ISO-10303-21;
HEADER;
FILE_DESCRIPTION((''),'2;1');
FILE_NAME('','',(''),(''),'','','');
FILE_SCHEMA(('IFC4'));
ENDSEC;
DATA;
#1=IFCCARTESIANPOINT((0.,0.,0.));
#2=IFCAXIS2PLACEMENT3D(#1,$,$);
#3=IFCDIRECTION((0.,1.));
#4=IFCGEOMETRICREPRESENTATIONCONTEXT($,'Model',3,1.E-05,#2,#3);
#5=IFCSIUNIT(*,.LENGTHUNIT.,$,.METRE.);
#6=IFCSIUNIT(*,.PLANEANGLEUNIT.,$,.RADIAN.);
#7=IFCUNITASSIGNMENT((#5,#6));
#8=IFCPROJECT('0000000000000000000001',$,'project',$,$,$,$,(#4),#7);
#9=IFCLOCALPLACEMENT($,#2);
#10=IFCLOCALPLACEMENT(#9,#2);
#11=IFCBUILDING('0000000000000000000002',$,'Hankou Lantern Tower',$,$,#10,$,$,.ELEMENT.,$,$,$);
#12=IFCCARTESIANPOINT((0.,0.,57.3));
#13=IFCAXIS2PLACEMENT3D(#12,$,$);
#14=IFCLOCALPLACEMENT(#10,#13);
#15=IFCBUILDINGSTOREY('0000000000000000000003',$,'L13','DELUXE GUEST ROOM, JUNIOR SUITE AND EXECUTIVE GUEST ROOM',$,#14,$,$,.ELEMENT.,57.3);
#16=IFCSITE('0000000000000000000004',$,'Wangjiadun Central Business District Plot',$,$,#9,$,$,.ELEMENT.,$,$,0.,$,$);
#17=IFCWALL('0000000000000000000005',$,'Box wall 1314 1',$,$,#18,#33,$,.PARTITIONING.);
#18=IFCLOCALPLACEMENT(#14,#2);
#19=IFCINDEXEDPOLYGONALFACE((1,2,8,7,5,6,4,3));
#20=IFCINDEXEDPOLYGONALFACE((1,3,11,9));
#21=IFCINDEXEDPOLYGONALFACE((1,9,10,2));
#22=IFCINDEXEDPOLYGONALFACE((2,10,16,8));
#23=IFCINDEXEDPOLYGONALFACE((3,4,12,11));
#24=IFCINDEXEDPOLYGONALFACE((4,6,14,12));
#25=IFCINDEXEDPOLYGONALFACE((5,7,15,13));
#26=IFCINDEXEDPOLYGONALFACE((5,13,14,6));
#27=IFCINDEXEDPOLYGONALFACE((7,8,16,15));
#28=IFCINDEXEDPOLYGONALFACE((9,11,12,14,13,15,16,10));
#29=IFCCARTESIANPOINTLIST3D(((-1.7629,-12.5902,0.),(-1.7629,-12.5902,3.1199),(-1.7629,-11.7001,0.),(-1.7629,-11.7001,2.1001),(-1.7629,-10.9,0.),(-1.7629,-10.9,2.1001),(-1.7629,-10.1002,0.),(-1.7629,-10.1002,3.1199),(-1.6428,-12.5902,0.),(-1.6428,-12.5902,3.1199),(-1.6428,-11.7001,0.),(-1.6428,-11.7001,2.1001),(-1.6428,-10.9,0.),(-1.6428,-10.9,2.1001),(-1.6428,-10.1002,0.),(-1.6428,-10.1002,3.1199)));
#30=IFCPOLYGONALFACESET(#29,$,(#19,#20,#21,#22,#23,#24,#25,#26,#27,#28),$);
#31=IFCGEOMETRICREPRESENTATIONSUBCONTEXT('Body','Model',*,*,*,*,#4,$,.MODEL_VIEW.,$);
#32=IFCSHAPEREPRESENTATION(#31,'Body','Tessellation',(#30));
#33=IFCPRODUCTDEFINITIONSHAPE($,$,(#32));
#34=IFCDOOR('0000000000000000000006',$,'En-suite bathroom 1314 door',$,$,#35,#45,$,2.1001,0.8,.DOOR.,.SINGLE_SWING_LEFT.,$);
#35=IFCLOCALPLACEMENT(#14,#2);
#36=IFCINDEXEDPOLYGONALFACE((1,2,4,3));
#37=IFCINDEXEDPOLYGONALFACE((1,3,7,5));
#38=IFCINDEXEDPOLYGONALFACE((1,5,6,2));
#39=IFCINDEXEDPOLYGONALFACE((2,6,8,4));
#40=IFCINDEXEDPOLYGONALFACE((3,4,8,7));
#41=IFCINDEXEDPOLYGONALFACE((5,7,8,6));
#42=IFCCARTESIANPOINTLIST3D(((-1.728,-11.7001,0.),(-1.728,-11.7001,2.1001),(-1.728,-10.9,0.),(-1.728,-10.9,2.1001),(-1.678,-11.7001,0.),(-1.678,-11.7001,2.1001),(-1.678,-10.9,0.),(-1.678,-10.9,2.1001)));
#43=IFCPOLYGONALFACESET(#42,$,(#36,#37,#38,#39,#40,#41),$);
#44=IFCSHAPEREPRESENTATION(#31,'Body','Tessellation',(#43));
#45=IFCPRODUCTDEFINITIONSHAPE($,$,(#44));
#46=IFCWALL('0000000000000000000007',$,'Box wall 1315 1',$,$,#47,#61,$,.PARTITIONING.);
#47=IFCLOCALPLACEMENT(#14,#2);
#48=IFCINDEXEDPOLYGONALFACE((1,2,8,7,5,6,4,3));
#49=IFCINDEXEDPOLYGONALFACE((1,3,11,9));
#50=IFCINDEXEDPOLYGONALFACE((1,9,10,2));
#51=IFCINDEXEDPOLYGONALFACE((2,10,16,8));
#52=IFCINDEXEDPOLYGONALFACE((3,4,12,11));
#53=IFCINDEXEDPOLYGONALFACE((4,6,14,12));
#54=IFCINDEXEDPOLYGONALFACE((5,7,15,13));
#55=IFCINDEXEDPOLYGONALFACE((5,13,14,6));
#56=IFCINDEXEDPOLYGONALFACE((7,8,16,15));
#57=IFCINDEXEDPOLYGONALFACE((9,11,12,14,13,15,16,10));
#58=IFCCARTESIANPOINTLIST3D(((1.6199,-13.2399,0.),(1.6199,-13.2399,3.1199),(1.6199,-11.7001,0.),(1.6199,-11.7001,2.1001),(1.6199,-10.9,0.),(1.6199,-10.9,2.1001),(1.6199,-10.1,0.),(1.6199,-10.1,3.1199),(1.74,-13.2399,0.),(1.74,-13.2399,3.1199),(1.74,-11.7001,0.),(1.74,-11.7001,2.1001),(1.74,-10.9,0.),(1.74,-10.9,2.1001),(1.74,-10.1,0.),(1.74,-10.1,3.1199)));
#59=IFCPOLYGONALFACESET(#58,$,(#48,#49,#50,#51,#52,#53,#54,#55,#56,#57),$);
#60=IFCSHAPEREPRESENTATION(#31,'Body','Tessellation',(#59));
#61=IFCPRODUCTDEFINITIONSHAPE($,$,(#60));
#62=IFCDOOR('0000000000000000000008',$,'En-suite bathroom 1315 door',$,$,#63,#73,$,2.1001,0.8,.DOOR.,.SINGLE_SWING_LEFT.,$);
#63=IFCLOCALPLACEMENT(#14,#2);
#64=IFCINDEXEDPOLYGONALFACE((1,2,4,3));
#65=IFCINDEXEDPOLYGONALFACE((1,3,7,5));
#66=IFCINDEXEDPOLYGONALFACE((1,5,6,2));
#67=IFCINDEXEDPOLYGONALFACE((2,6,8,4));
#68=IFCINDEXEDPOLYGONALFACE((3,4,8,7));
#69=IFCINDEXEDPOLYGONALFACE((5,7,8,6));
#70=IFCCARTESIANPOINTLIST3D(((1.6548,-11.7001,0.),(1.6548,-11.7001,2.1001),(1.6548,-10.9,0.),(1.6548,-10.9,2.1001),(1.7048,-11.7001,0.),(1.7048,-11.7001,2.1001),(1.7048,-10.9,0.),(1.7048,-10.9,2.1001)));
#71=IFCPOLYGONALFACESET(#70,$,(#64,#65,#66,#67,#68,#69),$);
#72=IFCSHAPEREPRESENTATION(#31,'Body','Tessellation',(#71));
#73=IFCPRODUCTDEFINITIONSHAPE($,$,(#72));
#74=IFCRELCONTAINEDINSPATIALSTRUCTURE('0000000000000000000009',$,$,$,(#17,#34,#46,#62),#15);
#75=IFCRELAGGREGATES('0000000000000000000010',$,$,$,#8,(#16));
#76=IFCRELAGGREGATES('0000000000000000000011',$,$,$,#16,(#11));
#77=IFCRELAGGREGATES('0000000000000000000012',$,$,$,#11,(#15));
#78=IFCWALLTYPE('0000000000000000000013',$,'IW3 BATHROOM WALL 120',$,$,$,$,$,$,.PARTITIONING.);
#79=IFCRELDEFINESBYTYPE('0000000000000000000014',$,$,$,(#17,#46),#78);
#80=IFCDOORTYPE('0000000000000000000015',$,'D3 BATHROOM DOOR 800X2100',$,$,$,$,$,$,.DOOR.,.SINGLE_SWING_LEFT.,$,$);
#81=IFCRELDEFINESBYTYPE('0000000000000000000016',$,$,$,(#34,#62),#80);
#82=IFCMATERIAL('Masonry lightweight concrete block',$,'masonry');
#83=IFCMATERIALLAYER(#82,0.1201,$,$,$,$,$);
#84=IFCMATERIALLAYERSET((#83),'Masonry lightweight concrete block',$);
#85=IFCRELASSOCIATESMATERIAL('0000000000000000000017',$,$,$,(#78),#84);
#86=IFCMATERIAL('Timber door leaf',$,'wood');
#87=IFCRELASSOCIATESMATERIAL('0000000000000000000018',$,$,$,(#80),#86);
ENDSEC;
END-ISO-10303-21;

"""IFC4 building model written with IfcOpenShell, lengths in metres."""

from ifc_helpers import new_model, si_unit, direction, frame, frame_2d, origin, place, context, subcontext, project, spatial, rectangle, extrude, material, layer, layer_set, type_object, element, fill, save


model = new_model("IFC4")

# Units and contexts
model_context = context("Model", 3, precision=1e-05, world=origin(), true_north=direction((0.0, 1.0)))
body_context = subcontext(model_context, "Body", "Model", "MODEL_VIEW")
ifc_project = project(units=[si_unit("LENGTHUNIT", "METRE"), si_unit("PLANEANGLEUNIT", "RADIAN")], contexts=[model_context])

# Site, building, storey
site_placement = place(None, origin())
site = spatial("IfcSite", under=ifc_project, at=site_placement, Name="Wangjiadun Central Business District Plot", CompositionType="ELEMENT", RefElevation=0.0)
building_placement = place(site_placement, origin())
building = spatial("IfcBuilding", under=site, at=building_placement, Name="Hankou Lantern Tower", CompositionType="ELEMENT")
storey_placement = place(building_placement, frame((0.0, 0.0, 57.3)))
storey = spatial("IfcBuildingStorey", under=building, at=storey_placement, Name="L13", Description="DELUXE GUEST ROOM, JUNIOR SUITE AND EXECUTIVE GUEST ROOM", CompositionType="ELEMENT", Elevation=57.3)

# Walls, openings, doors
ifc_material_1 = material(Name="Masonry lightweight concrete block", Category="masonry")
ifc_layer_1 = layer(ifc_material_1, 0.1201)
ifc_layer_set_1 = layer_set([ifc_layer_1], Name="Masonry lightweight concrete block")
wall_type_1 = type_object("IfcWallType", Name="IW3 BATHROOM WALL 120", PredefinedType="PARTITIONING", material=ifc_layer_set_1)
wall_1_placement = place(storey_placement, frame((-1.7029, -10.1001, 0.0), z_axis=(0.0, 0.0, 1.0), x_axis=(0.0, -1.0, 0.0)))
wall_1 = element("IfcWall", 1, at=wall_1_placement, inside=storey, type_object=wall_type_1, Name="Box wall 1314 1", PredefinedType="PARTITIONING", context=body_context, shape_type="SweptSolid", body=[
    extrude(rectangle(XDim=2.49, YDim=0.1201, at=frame_2d((1.2451, 0.0))), origin(), (0.0, 0.0, 1.0), 3.1199),
])
opening_1_placement = place(wall_1_placement, frame((0.8, 0.0, 0.0)))
opening_1 = element("IfcOpeningElement", 2, at=opening_1_placement, cuts=wall_1, PredefinedType="OPENING", context=body_context, shape_type="SweptSolid", body=[
    extrude(rectangle(XDim=0.8, YDim=2.1001, at=frame_2d((0.3999, 1.05))), frame((0.0, 0.0701, 0.0), z_axis=(0.0, -1.0, 0.0), x_axis=(1.0, 0.0, 0.0)), (0.0, 0.0, 1.0), 0.1401),
])
ifc_material_2 = material(Name="Timber door leaf", Category="wood")
door_type_1 = type_object("IfcDoorType", Name="D3 BATHROOM DOOR 800X2100", OperationType="SINGLE_SWING_LEFT", PredefinedType="DOOR", material=ifc_material_2)
door_1_placement = place(opening_1_placement, origin())
door_1 = element("IfcDoor", 3, at=door_1_placement, inside=storey, type_object=door_type_1, Name="En-suite bathroom 1314 door", OperationType="SINGLE_SWING_LEFT", OverallHeight=2.1001, OverallWidth=0.8, PredefinedType="DOOR", context=body_context, shape_type="SweptSolid", body=[
    extrude(rectangle(XDim=0.8, YDim=2.1001, at=frame_2d((0.3999, 1.05))), frame((0.0, 0.0249, 0.0), z_axis=(0.0, -1.0, 0.0), x_axis=(1.0, 0.0, 0.0)), (0.0, 0.0, 1.0), 0.05),
])
fill(opening_1, door_1)
wall_2_placement = place(storey_placement, frame((1.6799, -10.1001, 0.0), z_axis=(0.0, 0.0, 1.0), x_axis=(0.0, -1.0, 0.0)))
wall_2 = element("IfcWall", 4, at=wall_2_placement, inside=storey, type_object=wall_type_1, Name="Box wall 1315 1", PredefinedType="PARTITIONING", context=body_context, shape_type="SweptSolid", body=[
    extrude(rectangle(XDim=3.1399, YDim=0.1201, at=frame_2d((1.5698, 0.0))), origin(), (0.0, 0.0, 1.0), 3.1199),
])
opening_2_placement = place(wall_2_placement, frame((0.8, 0.0, 0.0)))
opening_2 = element("IfcOpeningElement", 5, at=opening_2_placement, cuts=wall_2, PredefinedType="OPENING", context=body_context, shape_type="SweptSolid", body=[
    extrude(rectangle(XDim=0.8, YDim=2.1001, at=frame_2d((0.3999, 1.05))), frame((0.0, 0.0701, 0.0), z_axis=(0.0, -1.0, 0.0), x_axis=(1.0, 0.0, 0.0)), (0.0, 0.0, 1.0), 0.1401),
])
door_2_placement = place(opening_2_placement, origin())
door_2 = element("IfcDoor", 6, at=door_2_placement, inside=storey, type_object=door_type_1, Name="En-suite bathroom 1315 door", OperationType="SINGLE_SWING_LEFT", OverallHeight=2.1001, OverallWidth=0.8, PredefinedType="DOOR", context=body_context, shape_type="SweptSolid", body=[
    extrude(rectangle(XDim=0.8, YDim=2.1001, at=frame_2d((0.3999, 1.05))), frame((0.0, 0.0249, 0.0), z_axis=(0.0, -1.0, 0.0), x_axis=(1.0, 0.0, 0.0)), (0.0, 0.0, 1.0), 0.05),
])
fill(opening_2, door_2)

save(model, "model.ifc")
